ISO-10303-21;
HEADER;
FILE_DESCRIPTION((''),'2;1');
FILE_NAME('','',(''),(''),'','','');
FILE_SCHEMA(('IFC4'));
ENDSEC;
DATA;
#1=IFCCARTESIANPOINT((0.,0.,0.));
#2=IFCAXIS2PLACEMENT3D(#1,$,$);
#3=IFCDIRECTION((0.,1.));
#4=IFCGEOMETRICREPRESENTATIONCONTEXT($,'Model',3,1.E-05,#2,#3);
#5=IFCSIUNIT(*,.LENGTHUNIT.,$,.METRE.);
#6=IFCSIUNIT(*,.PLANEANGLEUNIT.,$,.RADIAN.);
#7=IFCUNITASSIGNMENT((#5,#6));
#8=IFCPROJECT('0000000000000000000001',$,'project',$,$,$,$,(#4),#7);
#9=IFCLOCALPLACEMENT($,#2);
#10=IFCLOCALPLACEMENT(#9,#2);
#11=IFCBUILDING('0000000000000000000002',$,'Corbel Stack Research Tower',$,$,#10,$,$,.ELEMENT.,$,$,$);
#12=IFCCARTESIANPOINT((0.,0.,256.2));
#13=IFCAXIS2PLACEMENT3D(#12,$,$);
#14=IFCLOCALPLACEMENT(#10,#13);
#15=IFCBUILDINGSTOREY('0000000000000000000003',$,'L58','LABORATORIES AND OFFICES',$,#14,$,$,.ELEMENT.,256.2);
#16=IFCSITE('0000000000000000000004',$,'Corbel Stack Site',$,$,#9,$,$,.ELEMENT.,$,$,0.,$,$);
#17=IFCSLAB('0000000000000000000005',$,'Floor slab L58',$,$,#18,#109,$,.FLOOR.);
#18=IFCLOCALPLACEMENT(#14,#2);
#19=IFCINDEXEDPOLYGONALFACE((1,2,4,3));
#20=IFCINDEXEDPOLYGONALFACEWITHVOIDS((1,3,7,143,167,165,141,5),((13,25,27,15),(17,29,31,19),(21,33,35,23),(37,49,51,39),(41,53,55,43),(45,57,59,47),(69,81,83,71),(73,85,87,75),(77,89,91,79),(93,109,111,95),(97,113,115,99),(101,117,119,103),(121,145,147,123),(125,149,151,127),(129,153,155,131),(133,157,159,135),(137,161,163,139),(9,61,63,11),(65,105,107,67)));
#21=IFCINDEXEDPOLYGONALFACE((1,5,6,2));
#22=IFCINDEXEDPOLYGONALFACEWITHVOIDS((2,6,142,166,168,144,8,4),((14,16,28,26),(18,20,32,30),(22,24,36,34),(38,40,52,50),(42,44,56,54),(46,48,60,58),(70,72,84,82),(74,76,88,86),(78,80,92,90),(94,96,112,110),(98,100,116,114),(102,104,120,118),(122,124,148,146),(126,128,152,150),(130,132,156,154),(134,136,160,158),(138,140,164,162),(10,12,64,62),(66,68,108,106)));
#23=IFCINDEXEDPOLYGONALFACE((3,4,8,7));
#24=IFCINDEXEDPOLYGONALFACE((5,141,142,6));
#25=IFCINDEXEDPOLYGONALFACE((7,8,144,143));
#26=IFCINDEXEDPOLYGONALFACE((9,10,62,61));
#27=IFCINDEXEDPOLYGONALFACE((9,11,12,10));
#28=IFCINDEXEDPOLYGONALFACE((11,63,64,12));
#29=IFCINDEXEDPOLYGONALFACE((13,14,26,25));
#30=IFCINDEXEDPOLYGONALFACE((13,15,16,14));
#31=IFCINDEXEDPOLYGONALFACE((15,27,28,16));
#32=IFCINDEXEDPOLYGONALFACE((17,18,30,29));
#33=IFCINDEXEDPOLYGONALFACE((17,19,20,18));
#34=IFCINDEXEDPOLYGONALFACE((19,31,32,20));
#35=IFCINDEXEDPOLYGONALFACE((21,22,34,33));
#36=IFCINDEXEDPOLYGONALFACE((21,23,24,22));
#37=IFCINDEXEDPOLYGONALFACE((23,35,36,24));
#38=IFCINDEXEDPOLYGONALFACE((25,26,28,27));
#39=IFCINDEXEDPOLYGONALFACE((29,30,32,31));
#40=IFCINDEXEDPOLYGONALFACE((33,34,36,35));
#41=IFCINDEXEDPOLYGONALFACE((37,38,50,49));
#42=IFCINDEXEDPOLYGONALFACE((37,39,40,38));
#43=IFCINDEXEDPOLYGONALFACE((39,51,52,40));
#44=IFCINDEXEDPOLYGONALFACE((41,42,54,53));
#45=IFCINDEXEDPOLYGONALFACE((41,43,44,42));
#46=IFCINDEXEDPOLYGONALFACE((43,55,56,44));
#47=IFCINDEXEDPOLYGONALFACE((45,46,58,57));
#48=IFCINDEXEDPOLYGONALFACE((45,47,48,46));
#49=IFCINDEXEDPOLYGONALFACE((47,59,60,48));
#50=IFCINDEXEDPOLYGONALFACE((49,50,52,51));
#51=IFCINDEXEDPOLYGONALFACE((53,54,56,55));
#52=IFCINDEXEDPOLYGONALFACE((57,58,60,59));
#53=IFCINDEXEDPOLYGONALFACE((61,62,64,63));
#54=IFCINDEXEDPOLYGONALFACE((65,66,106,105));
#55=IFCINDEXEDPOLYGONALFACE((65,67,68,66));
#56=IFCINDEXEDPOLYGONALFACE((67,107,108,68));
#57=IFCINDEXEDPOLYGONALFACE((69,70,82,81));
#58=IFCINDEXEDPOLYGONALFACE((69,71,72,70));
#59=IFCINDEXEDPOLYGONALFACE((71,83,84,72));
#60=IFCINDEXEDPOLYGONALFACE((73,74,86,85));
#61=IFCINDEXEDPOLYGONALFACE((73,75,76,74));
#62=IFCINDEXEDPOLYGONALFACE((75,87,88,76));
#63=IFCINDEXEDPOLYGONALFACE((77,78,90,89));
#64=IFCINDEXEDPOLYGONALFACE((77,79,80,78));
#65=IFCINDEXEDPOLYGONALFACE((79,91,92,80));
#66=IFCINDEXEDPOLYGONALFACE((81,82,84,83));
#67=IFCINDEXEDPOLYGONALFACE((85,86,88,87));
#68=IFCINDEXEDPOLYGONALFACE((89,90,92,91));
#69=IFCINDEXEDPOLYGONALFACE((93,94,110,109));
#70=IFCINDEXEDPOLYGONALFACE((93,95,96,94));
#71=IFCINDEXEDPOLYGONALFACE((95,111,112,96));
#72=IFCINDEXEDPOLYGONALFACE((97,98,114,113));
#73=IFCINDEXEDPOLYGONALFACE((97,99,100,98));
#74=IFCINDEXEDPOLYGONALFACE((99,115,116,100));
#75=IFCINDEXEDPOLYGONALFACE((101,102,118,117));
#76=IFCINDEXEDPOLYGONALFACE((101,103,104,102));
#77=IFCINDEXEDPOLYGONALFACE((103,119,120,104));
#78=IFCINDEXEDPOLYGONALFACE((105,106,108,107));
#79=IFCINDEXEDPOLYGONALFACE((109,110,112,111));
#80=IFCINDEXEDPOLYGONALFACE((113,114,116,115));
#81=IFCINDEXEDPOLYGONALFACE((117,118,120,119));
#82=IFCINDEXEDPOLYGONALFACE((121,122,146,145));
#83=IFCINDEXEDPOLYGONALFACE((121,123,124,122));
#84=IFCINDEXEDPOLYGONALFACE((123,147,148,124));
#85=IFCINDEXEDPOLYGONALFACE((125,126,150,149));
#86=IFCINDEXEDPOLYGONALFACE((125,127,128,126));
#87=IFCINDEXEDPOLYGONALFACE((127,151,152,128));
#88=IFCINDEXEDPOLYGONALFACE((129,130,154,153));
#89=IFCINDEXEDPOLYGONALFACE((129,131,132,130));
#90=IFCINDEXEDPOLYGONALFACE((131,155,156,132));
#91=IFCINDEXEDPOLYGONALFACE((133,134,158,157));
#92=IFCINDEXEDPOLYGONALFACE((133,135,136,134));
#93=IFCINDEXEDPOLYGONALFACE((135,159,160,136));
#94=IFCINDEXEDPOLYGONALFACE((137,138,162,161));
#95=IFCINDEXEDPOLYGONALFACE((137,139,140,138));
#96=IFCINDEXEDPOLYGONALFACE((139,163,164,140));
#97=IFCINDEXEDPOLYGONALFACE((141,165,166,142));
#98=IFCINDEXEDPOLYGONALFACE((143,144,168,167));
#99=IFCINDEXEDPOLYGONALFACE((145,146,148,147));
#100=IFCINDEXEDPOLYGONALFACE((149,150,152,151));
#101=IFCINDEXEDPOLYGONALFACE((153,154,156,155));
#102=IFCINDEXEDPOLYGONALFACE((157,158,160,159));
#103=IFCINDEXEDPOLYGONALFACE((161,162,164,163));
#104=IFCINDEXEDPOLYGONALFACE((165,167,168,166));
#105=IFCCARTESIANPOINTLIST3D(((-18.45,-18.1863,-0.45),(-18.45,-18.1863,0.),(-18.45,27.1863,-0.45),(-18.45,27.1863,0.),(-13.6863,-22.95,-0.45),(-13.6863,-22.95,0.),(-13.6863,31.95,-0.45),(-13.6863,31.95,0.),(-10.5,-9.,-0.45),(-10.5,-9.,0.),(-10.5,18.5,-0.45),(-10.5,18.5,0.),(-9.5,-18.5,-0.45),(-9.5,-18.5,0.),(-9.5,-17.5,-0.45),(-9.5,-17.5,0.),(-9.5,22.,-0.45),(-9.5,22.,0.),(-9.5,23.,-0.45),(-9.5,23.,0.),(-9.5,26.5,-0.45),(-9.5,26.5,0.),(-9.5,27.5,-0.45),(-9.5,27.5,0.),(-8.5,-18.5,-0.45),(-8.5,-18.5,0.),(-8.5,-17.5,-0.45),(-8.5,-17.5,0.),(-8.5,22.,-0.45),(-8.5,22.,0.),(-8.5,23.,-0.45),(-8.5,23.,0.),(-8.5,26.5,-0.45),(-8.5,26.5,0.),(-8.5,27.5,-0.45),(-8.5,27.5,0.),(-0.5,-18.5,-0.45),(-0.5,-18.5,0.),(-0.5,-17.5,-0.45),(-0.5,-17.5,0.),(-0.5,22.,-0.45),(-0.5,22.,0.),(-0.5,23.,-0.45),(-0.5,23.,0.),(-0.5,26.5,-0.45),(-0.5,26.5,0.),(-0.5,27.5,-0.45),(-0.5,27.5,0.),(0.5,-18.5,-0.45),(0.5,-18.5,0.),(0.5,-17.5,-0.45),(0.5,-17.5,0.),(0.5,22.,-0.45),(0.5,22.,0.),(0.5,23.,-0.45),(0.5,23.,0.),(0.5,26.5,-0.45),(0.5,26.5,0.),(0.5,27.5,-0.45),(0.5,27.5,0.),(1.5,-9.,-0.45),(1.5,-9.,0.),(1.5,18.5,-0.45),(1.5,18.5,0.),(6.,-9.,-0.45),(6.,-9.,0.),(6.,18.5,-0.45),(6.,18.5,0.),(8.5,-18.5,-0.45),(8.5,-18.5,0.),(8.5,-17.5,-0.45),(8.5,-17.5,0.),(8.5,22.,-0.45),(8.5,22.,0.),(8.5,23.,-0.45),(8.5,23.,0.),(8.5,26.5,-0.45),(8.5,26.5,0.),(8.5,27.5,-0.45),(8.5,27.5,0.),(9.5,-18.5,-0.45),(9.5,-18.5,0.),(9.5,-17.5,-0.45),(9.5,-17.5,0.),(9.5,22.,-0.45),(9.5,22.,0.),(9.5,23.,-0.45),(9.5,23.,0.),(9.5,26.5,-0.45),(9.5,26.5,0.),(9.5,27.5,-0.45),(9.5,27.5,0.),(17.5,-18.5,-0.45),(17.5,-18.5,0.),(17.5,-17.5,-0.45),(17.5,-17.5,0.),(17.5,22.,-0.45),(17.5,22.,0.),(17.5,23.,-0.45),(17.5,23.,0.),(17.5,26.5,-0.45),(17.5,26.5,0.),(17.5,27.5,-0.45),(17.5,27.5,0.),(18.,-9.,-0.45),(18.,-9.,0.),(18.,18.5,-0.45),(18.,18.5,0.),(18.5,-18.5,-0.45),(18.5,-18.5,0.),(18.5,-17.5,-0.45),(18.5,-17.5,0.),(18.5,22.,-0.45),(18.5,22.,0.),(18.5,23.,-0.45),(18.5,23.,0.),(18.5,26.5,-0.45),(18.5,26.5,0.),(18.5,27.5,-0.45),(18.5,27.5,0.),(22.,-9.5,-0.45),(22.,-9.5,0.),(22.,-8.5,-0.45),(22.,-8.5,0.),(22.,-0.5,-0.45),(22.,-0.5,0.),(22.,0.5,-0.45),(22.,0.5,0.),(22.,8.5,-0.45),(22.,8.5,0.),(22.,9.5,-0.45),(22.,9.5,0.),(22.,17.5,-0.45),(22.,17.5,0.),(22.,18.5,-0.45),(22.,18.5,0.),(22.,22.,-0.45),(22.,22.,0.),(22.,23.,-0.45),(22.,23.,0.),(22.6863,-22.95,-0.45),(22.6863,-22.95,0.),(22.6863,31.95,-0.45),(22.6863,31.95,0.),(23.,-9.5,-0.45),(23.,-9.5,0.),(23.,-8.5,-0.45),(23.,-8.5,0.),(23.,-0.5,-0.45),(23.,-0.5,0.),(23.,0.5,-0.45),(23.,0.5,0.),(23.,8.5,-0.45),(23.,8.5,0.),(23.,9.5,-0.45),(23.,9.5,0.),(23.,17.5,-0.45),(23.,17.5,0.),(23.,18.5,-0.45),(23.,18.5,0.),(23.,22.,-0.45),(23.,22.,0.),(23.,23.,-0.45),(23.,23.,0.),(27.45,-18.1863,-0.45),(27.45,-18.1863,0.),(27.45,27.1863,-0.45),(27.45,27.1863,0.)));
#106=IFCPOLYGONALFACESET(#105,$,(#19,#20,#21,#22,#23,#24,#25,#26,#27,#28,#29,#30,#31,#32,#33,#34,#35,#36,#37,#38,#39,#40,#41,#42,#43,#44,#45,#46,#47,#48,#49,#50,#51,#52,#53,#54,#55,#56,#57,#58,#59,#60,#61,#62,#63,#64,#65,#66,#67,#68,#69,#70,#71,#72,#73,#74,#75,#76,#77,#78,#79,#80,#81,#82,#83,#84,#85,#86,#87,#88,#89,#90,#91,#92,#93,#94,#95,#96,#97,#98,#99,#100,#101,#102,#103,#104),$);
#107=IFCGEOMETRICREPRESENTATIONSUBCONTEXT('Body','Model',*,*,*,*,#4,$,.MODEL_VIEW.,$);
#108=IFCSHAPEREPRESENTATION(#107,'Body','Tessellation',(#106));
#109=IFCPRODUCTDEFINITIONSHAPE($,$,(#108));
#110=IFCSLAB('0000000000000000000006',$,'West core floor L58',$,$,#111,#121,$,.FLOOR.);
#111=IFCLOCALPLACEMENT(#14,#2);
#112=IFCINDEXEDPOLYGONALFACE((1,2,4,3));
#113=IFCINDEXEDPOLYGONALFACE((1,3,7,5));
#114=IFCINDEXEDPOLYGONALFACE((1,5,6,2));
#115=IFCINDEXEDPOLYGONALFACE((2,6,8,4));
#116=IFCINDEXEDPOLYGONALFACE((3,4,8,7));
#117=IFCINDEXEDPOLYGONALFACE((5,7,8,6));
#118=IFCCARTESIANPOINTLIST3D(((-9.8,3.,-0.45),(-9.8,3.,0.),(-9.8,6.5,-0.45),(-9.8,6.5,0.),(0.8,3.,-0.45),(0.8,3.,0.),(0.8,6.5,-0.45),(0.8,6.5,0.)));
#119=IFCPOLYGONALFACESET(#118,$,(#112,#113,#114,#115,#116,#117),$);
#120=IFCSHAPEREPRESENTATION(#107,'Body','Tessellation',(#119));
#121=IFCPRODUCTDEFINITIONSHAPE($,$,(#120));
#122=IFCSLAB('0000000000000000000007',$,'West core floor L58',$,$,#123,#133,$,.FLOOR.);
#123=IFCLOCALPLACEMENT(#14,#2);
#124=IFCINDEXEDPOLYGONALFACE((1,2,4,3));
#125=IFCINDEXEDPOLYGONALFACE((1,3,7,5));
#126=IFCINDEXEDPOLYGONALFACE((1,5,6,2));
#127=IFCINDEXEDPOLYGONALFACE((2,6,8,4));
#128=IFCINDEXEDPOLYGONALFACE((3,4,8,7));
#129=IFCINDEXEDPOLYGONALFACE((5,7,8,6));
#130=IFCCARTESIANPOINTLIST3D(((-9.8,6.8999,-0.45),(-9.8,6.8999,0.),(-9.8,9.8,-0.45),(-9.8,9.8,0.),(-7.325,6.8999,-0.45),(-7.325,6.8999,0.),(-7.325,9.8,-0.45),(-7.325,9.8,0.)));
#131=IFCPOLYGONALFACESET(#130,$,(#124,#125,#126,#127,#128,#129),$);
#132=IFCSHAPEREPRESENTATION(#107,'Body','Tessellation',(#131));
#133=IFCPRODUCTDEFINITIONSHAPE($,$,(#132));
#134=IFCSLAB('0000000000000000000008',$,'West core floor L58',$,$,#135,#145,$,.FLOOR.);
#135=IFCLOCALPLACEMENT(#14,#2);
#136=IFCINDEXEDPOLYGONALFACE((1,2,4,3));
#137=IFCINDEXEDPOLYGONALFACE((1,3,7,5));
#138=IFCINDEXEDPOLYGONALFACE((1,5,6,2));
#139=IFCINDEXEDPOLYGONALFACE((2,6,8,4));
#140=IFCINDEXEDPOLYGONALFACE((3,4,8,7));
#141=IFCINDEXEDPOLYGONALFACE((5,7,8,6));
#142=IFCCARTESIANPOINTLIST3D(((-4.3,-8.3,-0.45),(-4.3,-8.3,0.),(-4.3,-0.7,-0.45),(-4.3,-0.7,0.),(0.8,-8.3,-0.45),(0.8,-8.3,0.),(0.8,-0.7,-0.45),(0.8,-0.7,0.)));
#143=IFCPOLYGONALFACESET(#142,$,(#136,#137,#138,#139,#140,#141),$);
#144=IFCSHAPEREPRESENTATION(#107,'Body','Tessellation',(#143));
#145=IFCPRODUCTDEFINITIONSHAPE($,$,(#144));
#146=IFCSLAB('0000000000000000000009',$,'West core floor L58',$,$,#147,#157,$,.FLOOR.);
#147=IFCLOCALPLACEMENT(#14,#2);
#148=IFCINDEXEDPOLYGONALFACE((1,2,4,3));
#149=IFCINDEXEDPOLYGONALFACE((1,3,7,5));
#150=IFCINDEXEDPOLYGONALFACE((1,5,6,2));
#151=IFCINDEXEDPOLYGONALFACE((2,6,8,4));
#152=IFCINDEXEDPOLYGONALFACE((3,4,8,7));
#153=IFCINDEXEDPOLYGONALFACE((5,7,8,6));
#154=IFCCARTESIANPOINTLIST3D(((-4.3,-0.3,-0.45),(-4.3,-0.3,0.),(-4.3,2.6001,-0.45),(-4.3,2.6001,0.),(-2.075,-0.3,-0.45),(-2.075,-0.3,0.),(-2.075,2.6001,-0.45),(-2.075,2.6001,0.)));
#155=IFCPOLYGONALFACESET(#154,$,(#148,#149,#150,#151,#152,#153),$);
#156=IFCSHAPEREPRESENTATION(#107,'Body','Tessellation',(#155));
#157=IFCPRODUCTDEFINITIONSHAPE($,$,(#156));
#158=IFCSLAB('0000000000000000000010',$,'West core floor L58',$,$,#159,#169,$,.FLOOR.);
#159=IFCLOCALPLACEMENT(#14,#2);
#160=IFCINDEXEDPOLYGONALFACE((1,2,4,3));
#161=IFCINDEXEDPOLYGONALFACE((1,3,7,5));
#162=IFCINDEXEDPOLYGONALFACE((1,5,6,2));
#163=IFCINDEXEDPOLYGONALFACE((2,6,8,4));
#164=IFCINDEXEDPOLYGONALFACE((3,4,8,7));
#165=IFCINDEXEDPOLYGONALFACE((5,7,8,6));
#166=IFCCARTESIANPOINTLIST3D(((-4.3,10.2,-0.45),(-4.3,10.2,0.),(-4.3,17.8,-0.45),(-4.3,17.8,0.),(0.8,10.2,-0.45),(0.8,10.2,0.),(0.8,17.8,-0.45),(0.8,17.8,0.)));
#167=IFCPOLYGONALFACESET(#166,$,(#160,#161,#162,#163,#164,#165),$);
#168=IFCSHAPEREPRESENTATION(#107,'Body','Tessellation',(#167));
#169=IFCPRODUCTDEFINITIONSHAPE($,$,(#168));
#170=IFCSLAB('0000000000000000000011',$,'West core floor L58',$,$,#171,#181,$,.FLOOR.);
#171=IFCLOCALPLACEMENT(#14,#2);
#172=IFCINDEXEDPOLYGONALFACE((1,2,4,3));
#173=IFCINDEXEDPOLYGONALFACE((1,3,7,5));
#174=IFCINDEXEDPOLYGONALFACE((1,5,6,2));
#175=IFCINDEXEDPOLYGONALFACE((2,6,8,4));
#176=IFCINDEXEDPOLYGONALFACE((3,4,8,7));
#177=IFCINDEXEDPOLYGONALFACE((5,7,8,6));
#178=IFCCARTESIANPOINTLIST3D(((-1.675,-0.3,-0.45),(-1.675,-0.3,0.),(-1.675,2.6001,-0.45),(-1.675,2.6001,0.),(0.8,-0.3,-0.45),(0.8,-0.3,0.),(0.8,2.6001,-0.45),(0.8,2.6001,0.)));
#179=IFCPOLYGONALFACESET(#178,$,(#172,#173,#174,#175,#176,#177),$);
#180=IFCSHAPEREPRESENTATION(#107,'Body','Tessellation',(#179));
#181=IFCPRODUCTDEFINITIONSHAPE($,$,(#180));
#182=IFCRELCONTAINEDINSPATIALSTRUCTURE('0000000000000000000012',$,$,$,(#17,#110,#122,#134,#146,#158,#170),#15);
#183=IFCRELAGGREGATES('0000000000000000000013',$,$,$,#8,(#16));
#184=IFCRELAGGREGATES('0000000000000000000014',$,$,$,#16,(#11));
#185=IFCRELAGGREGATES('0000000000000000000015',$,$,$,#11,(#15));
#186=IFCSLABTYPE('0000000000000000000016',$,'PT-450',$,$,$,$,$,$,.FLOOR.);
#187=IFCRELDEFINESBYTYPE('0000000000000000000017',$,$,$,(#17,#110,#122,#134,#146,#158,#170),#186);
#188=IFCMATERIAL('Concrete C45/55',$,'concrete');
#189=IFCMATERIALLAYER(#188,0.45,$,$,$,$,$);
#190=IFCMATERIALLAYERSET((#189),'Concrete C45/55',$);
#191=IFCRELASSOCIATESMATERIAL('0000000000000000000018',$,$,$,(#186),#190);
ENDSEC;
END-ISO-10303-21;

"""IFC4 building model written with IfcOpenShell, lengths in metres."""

from ifc_helpers import new_model, si_unit, direction, frame, origin, place, context, subcontext, project, spatial, polyline, outline, extrude, material, layer, layer_set, type_object, element, save


model = new_model("IFC4")

# Units and contexts
model_context = context("Model", 3, precision=1e-05, world=origin(), true_north=direction((0.0, 1.0)))
body_context = subcontext(model_context, "Body", "Model", "MODEL_VIEW")
ifc_project = project(units=[si_unit("LENGTHUNIT", "METRE"), si_unit("PLANEANGLEUNIT", "RADIAN")], contexts=[model_context])

# Site, building, storey
site_placement = place(None, origin())
site = spatial("IfcSite", under=ifc_project, at=site_placement, Name="Corbel Stack Site", CompositionType="ELEMENT", RefElevation=0.0)
building_placement = place(site_placement, origin())
building = spatial("IfcBuilding", under=site, at=building_placement, Name="Corbel Stack Research Tower", CompositionType="ELEMENT")
storey_placement = place(building_placement, frame((0.0, 0.0, 256.2)))
storey = spatial("IfcBuildingStorey", under=building, at=storey_placement, Name="L58", Description="LABORATORIES AND OFFICES", CompositionType="ELEMENT", Elevation=256.2)

# Slabs
ifc_material_1 = material(Name="Concrete C45/55", Category="concrete")
ifc_layer_1 = layer(ifc_material_1, 0.45)
ifc_layer_set_1 = layer_set([ifc_layer_1], Name="Concrete C45/55")
slab_type_1 = type_object("IfcSlabType", Name="PT-450", PredefinedType="FLOOR", material=ifc_layer_set_1)
slab_1_placement = place(storey_placement, frame((0.0, 0.0, -0.45)))
element("IfcSlab", 1, at=slab_1_placement, inside=storey, type_object=slab_type_1, Name="Floor slab L58", PredefinedType="FLOOR", context=body_context, shape_type="SweptSolid", body=[
    extrude(outline(polyline([(-13.6863, -22.95), (22.6863, -22.95), (27.45, -18.1863), (27.45, 27.1863), (22.6863, 31.95), (-13.6863, 31.95), (-18.45, 27.1863), (-18.45, -18.1863), (-13.6863, -22.95)]), holes=[polyline([(22.0, 22.0), (22.0, 23.0), (23.0, 23.0), (23.0, 22.0), (22.0, 22.0)]), polyline([(23.0, 17.5), (22.0, 17.5), (22.0, 18.5), (23.0, 18.5), (23.0, 17.5)]), polyline([(23.0, 8.5), (22.0, 8.5), (22.0, 9.5), (23.0, 9.5), (23.0, 8.5)]), polyline([(22.0, -0.5), (22.0, 0.5), (23.0, 0.5), (23.0, -0.5), (22.0, -0.5)]), polyline([(23.0, -9.5), (22.0, -9.5), (22.0, -8.5), (23.0, -8.5), (23.0, -9.5)]), polyline([(17.5, 26.5), (17.5, 27.5), (18.5, 27.5), (18.5, 26.5), (17.5, 26.5)]), polyline([(18.5, 22.0), (17.5, 22.0), (17.5, 23.0), (18.5, 23.0), (18.5, 22.0)]), polyline([(18.5, -18.5), (17.5, -18.5), (17.5, -17.5), (18.5, -17.5), (18.5, -18.5)]), polyline([(6.0, -9.0), (6.0, 18.5), (18.0, 18.5), (18.0, -9.0), (6.0, -9.0)]), polyline([(9.5, 26.5), (8.5, 26.5), (8.5, 27.5), (9.5, 27.5), (9.5, 26.5)]), polyline([(9.5, 22.0), (8.5, 22.0), (8.5, 23.0), (9.5, 23.0), (9.5, 22.0)]), polyline([(9.5, -18.5), (8.5, -18.5), (8.5, -17.5), (9.5, -17.5), (9.5, -18.5)]), polyline([(1.5, -9.0), (-10.5, -9.0), (-10.5, 18.5), (1.5, 18.5), (1.5, -9.0)]), polyline([(-0.5, 26.5), (-0.5, 27.5), (0.5, 27.5), (0.5, 26.5), (-0.5, 26.5)]), polyline([(0.5, 22.0), (-0.5, 22.0), (-0.5, 23.0), (0.5, 23.0), (0.5, 22.0)]), polyline([(0.5, -18.5), (-0.5, -18.5), (-0.5, -17.5), (0.5, -17.5), (0.5, -18.5)]), polyline([(-9.5, 26.5), (-9.5, 27.5), (-8.5, 27.5), (-8.5, 26.5), (-9.5, 26.5)]), polyline([(-8.5, 22.0), (-9.5, 22.0), (-9.5, 23.0), (-8.5, 23.0), (-8.5, 22.0)]), polyline([(-8.5, -18.5), (-9.5, -18.5), (-9.5, -17.5), (-8.5, -17.5), (-8.5, -18.5)])]), origin(), (0.0, 0.0, 1.0), 0.45),
])
slab_2_placement = place(storey_placement, frame((0.0, 0.0, -0.45)))
element("IfcSlab", 2, at=slab_2_placement, inside=storey, type_object=slab_type_1, Name="West core floor L58", PredefinedType="FLOOR", context=body_context, shape_type="SweptSolid", body=[
    extrude(outline(polyline([(-9.8, 6.5), (-9.8, 3.0), (0.8, 3.0), (0.8, 6.5), (-9.8, 6.5)])), origin(), (0.0, 0.0, 1.0), 0.45),
])
slab_3_placement = place(storey_placement, frame((0.0, 0.0, -0.45)))
element("IfcSlab", 3, at=slab_3_placement, inside=storey, type_object=slab_type_1, Name="West core floor L58", PredefinedType="FLOOR", context=body_context, shape_type="SweptSolid", body=[
    extrude(outline(polyline([(-9.8, 6.8999), (-7.325, 6.8999), (-7.325, 9.8), (-9.8, 9.8), (-9.8, 6.8999)])), origin(), (0.0, 0.0, 1.0), 0.45),
])
slab_4_placement = place(storey_placement, frame((0.0, 0.0, -0.45)))
element("IfcSlab", 4, at=slab_4_placement, inside=storey, type_object=slab_type_1, Name="West core floor L58", PredefinedType="FLOOR", context=body_context, shape_type="SweptSolid", body=[
    extrude(outline(polyline([(-4.3, -0.7), (-4.3, -8.3), (0.8, -8.3), (0.8, -0.7), (-4.3, -0.7)])), origin(), (0.0, 0.0, 1.0), 0.45),
])
slab_5_placement = place(storey_placement, frame((0.0, 0.0, -0.45)))
element("IfcSlab", 5, at=slab_5_placement, inside=storey, type_object=slab_type_1, Name="West core floor L58", PredefinedType="FLOOR", context=body_context, shape_type="SweptSolid", body=[
    extrude(outline(polyline([(-4.3, 2.6001), (-4.3, -0.3), (-2.075, -0.3), (-2.075, 2.6001), (-4.3, 2.6001)])), origin(), (0.0, 0.0, 1.0), 0.45),
])
slab_6_placement = place(storey_placement, frame((0.0, 0.0, -0.45)))
element("IfcSlab", 6, at=slab_6_placement, inside=storey, type_object=slab_type_1, Name="West core floor L58", PredefinedType="FLOOR", context=body_context, shape_type="SweptSolid", body=[
    extrude(outline(polyline([(-4.3, 17.8), (-4.3, 10.2), (0.8, 10.2), (0.8, 17.8), (-4.3, 17.8)])), origin(), (0.0, 0.0, 1.0), 0.45),
])
slab_7_placement = place(storey_placement, frame((0.0, 0.0, -0.45)))
element("IfcSlab", 7, at=slab_7_placement, inside=storey, type_object=slab_type_1, Name="West core floor L58", PredefinedType="FLOOR", context=body_context, shape_type="SweptSolid", body=[
    extrude(outline(polyline([(-1.675, 2.6001), (-1.675, -0.3), (0.8, -0.3), (0.8, 2.6001), (-1.675, 2.6001)])), origin(), (0.0, 0.0, 1.0), 0.45),
])

save(model, "model.ifc")
